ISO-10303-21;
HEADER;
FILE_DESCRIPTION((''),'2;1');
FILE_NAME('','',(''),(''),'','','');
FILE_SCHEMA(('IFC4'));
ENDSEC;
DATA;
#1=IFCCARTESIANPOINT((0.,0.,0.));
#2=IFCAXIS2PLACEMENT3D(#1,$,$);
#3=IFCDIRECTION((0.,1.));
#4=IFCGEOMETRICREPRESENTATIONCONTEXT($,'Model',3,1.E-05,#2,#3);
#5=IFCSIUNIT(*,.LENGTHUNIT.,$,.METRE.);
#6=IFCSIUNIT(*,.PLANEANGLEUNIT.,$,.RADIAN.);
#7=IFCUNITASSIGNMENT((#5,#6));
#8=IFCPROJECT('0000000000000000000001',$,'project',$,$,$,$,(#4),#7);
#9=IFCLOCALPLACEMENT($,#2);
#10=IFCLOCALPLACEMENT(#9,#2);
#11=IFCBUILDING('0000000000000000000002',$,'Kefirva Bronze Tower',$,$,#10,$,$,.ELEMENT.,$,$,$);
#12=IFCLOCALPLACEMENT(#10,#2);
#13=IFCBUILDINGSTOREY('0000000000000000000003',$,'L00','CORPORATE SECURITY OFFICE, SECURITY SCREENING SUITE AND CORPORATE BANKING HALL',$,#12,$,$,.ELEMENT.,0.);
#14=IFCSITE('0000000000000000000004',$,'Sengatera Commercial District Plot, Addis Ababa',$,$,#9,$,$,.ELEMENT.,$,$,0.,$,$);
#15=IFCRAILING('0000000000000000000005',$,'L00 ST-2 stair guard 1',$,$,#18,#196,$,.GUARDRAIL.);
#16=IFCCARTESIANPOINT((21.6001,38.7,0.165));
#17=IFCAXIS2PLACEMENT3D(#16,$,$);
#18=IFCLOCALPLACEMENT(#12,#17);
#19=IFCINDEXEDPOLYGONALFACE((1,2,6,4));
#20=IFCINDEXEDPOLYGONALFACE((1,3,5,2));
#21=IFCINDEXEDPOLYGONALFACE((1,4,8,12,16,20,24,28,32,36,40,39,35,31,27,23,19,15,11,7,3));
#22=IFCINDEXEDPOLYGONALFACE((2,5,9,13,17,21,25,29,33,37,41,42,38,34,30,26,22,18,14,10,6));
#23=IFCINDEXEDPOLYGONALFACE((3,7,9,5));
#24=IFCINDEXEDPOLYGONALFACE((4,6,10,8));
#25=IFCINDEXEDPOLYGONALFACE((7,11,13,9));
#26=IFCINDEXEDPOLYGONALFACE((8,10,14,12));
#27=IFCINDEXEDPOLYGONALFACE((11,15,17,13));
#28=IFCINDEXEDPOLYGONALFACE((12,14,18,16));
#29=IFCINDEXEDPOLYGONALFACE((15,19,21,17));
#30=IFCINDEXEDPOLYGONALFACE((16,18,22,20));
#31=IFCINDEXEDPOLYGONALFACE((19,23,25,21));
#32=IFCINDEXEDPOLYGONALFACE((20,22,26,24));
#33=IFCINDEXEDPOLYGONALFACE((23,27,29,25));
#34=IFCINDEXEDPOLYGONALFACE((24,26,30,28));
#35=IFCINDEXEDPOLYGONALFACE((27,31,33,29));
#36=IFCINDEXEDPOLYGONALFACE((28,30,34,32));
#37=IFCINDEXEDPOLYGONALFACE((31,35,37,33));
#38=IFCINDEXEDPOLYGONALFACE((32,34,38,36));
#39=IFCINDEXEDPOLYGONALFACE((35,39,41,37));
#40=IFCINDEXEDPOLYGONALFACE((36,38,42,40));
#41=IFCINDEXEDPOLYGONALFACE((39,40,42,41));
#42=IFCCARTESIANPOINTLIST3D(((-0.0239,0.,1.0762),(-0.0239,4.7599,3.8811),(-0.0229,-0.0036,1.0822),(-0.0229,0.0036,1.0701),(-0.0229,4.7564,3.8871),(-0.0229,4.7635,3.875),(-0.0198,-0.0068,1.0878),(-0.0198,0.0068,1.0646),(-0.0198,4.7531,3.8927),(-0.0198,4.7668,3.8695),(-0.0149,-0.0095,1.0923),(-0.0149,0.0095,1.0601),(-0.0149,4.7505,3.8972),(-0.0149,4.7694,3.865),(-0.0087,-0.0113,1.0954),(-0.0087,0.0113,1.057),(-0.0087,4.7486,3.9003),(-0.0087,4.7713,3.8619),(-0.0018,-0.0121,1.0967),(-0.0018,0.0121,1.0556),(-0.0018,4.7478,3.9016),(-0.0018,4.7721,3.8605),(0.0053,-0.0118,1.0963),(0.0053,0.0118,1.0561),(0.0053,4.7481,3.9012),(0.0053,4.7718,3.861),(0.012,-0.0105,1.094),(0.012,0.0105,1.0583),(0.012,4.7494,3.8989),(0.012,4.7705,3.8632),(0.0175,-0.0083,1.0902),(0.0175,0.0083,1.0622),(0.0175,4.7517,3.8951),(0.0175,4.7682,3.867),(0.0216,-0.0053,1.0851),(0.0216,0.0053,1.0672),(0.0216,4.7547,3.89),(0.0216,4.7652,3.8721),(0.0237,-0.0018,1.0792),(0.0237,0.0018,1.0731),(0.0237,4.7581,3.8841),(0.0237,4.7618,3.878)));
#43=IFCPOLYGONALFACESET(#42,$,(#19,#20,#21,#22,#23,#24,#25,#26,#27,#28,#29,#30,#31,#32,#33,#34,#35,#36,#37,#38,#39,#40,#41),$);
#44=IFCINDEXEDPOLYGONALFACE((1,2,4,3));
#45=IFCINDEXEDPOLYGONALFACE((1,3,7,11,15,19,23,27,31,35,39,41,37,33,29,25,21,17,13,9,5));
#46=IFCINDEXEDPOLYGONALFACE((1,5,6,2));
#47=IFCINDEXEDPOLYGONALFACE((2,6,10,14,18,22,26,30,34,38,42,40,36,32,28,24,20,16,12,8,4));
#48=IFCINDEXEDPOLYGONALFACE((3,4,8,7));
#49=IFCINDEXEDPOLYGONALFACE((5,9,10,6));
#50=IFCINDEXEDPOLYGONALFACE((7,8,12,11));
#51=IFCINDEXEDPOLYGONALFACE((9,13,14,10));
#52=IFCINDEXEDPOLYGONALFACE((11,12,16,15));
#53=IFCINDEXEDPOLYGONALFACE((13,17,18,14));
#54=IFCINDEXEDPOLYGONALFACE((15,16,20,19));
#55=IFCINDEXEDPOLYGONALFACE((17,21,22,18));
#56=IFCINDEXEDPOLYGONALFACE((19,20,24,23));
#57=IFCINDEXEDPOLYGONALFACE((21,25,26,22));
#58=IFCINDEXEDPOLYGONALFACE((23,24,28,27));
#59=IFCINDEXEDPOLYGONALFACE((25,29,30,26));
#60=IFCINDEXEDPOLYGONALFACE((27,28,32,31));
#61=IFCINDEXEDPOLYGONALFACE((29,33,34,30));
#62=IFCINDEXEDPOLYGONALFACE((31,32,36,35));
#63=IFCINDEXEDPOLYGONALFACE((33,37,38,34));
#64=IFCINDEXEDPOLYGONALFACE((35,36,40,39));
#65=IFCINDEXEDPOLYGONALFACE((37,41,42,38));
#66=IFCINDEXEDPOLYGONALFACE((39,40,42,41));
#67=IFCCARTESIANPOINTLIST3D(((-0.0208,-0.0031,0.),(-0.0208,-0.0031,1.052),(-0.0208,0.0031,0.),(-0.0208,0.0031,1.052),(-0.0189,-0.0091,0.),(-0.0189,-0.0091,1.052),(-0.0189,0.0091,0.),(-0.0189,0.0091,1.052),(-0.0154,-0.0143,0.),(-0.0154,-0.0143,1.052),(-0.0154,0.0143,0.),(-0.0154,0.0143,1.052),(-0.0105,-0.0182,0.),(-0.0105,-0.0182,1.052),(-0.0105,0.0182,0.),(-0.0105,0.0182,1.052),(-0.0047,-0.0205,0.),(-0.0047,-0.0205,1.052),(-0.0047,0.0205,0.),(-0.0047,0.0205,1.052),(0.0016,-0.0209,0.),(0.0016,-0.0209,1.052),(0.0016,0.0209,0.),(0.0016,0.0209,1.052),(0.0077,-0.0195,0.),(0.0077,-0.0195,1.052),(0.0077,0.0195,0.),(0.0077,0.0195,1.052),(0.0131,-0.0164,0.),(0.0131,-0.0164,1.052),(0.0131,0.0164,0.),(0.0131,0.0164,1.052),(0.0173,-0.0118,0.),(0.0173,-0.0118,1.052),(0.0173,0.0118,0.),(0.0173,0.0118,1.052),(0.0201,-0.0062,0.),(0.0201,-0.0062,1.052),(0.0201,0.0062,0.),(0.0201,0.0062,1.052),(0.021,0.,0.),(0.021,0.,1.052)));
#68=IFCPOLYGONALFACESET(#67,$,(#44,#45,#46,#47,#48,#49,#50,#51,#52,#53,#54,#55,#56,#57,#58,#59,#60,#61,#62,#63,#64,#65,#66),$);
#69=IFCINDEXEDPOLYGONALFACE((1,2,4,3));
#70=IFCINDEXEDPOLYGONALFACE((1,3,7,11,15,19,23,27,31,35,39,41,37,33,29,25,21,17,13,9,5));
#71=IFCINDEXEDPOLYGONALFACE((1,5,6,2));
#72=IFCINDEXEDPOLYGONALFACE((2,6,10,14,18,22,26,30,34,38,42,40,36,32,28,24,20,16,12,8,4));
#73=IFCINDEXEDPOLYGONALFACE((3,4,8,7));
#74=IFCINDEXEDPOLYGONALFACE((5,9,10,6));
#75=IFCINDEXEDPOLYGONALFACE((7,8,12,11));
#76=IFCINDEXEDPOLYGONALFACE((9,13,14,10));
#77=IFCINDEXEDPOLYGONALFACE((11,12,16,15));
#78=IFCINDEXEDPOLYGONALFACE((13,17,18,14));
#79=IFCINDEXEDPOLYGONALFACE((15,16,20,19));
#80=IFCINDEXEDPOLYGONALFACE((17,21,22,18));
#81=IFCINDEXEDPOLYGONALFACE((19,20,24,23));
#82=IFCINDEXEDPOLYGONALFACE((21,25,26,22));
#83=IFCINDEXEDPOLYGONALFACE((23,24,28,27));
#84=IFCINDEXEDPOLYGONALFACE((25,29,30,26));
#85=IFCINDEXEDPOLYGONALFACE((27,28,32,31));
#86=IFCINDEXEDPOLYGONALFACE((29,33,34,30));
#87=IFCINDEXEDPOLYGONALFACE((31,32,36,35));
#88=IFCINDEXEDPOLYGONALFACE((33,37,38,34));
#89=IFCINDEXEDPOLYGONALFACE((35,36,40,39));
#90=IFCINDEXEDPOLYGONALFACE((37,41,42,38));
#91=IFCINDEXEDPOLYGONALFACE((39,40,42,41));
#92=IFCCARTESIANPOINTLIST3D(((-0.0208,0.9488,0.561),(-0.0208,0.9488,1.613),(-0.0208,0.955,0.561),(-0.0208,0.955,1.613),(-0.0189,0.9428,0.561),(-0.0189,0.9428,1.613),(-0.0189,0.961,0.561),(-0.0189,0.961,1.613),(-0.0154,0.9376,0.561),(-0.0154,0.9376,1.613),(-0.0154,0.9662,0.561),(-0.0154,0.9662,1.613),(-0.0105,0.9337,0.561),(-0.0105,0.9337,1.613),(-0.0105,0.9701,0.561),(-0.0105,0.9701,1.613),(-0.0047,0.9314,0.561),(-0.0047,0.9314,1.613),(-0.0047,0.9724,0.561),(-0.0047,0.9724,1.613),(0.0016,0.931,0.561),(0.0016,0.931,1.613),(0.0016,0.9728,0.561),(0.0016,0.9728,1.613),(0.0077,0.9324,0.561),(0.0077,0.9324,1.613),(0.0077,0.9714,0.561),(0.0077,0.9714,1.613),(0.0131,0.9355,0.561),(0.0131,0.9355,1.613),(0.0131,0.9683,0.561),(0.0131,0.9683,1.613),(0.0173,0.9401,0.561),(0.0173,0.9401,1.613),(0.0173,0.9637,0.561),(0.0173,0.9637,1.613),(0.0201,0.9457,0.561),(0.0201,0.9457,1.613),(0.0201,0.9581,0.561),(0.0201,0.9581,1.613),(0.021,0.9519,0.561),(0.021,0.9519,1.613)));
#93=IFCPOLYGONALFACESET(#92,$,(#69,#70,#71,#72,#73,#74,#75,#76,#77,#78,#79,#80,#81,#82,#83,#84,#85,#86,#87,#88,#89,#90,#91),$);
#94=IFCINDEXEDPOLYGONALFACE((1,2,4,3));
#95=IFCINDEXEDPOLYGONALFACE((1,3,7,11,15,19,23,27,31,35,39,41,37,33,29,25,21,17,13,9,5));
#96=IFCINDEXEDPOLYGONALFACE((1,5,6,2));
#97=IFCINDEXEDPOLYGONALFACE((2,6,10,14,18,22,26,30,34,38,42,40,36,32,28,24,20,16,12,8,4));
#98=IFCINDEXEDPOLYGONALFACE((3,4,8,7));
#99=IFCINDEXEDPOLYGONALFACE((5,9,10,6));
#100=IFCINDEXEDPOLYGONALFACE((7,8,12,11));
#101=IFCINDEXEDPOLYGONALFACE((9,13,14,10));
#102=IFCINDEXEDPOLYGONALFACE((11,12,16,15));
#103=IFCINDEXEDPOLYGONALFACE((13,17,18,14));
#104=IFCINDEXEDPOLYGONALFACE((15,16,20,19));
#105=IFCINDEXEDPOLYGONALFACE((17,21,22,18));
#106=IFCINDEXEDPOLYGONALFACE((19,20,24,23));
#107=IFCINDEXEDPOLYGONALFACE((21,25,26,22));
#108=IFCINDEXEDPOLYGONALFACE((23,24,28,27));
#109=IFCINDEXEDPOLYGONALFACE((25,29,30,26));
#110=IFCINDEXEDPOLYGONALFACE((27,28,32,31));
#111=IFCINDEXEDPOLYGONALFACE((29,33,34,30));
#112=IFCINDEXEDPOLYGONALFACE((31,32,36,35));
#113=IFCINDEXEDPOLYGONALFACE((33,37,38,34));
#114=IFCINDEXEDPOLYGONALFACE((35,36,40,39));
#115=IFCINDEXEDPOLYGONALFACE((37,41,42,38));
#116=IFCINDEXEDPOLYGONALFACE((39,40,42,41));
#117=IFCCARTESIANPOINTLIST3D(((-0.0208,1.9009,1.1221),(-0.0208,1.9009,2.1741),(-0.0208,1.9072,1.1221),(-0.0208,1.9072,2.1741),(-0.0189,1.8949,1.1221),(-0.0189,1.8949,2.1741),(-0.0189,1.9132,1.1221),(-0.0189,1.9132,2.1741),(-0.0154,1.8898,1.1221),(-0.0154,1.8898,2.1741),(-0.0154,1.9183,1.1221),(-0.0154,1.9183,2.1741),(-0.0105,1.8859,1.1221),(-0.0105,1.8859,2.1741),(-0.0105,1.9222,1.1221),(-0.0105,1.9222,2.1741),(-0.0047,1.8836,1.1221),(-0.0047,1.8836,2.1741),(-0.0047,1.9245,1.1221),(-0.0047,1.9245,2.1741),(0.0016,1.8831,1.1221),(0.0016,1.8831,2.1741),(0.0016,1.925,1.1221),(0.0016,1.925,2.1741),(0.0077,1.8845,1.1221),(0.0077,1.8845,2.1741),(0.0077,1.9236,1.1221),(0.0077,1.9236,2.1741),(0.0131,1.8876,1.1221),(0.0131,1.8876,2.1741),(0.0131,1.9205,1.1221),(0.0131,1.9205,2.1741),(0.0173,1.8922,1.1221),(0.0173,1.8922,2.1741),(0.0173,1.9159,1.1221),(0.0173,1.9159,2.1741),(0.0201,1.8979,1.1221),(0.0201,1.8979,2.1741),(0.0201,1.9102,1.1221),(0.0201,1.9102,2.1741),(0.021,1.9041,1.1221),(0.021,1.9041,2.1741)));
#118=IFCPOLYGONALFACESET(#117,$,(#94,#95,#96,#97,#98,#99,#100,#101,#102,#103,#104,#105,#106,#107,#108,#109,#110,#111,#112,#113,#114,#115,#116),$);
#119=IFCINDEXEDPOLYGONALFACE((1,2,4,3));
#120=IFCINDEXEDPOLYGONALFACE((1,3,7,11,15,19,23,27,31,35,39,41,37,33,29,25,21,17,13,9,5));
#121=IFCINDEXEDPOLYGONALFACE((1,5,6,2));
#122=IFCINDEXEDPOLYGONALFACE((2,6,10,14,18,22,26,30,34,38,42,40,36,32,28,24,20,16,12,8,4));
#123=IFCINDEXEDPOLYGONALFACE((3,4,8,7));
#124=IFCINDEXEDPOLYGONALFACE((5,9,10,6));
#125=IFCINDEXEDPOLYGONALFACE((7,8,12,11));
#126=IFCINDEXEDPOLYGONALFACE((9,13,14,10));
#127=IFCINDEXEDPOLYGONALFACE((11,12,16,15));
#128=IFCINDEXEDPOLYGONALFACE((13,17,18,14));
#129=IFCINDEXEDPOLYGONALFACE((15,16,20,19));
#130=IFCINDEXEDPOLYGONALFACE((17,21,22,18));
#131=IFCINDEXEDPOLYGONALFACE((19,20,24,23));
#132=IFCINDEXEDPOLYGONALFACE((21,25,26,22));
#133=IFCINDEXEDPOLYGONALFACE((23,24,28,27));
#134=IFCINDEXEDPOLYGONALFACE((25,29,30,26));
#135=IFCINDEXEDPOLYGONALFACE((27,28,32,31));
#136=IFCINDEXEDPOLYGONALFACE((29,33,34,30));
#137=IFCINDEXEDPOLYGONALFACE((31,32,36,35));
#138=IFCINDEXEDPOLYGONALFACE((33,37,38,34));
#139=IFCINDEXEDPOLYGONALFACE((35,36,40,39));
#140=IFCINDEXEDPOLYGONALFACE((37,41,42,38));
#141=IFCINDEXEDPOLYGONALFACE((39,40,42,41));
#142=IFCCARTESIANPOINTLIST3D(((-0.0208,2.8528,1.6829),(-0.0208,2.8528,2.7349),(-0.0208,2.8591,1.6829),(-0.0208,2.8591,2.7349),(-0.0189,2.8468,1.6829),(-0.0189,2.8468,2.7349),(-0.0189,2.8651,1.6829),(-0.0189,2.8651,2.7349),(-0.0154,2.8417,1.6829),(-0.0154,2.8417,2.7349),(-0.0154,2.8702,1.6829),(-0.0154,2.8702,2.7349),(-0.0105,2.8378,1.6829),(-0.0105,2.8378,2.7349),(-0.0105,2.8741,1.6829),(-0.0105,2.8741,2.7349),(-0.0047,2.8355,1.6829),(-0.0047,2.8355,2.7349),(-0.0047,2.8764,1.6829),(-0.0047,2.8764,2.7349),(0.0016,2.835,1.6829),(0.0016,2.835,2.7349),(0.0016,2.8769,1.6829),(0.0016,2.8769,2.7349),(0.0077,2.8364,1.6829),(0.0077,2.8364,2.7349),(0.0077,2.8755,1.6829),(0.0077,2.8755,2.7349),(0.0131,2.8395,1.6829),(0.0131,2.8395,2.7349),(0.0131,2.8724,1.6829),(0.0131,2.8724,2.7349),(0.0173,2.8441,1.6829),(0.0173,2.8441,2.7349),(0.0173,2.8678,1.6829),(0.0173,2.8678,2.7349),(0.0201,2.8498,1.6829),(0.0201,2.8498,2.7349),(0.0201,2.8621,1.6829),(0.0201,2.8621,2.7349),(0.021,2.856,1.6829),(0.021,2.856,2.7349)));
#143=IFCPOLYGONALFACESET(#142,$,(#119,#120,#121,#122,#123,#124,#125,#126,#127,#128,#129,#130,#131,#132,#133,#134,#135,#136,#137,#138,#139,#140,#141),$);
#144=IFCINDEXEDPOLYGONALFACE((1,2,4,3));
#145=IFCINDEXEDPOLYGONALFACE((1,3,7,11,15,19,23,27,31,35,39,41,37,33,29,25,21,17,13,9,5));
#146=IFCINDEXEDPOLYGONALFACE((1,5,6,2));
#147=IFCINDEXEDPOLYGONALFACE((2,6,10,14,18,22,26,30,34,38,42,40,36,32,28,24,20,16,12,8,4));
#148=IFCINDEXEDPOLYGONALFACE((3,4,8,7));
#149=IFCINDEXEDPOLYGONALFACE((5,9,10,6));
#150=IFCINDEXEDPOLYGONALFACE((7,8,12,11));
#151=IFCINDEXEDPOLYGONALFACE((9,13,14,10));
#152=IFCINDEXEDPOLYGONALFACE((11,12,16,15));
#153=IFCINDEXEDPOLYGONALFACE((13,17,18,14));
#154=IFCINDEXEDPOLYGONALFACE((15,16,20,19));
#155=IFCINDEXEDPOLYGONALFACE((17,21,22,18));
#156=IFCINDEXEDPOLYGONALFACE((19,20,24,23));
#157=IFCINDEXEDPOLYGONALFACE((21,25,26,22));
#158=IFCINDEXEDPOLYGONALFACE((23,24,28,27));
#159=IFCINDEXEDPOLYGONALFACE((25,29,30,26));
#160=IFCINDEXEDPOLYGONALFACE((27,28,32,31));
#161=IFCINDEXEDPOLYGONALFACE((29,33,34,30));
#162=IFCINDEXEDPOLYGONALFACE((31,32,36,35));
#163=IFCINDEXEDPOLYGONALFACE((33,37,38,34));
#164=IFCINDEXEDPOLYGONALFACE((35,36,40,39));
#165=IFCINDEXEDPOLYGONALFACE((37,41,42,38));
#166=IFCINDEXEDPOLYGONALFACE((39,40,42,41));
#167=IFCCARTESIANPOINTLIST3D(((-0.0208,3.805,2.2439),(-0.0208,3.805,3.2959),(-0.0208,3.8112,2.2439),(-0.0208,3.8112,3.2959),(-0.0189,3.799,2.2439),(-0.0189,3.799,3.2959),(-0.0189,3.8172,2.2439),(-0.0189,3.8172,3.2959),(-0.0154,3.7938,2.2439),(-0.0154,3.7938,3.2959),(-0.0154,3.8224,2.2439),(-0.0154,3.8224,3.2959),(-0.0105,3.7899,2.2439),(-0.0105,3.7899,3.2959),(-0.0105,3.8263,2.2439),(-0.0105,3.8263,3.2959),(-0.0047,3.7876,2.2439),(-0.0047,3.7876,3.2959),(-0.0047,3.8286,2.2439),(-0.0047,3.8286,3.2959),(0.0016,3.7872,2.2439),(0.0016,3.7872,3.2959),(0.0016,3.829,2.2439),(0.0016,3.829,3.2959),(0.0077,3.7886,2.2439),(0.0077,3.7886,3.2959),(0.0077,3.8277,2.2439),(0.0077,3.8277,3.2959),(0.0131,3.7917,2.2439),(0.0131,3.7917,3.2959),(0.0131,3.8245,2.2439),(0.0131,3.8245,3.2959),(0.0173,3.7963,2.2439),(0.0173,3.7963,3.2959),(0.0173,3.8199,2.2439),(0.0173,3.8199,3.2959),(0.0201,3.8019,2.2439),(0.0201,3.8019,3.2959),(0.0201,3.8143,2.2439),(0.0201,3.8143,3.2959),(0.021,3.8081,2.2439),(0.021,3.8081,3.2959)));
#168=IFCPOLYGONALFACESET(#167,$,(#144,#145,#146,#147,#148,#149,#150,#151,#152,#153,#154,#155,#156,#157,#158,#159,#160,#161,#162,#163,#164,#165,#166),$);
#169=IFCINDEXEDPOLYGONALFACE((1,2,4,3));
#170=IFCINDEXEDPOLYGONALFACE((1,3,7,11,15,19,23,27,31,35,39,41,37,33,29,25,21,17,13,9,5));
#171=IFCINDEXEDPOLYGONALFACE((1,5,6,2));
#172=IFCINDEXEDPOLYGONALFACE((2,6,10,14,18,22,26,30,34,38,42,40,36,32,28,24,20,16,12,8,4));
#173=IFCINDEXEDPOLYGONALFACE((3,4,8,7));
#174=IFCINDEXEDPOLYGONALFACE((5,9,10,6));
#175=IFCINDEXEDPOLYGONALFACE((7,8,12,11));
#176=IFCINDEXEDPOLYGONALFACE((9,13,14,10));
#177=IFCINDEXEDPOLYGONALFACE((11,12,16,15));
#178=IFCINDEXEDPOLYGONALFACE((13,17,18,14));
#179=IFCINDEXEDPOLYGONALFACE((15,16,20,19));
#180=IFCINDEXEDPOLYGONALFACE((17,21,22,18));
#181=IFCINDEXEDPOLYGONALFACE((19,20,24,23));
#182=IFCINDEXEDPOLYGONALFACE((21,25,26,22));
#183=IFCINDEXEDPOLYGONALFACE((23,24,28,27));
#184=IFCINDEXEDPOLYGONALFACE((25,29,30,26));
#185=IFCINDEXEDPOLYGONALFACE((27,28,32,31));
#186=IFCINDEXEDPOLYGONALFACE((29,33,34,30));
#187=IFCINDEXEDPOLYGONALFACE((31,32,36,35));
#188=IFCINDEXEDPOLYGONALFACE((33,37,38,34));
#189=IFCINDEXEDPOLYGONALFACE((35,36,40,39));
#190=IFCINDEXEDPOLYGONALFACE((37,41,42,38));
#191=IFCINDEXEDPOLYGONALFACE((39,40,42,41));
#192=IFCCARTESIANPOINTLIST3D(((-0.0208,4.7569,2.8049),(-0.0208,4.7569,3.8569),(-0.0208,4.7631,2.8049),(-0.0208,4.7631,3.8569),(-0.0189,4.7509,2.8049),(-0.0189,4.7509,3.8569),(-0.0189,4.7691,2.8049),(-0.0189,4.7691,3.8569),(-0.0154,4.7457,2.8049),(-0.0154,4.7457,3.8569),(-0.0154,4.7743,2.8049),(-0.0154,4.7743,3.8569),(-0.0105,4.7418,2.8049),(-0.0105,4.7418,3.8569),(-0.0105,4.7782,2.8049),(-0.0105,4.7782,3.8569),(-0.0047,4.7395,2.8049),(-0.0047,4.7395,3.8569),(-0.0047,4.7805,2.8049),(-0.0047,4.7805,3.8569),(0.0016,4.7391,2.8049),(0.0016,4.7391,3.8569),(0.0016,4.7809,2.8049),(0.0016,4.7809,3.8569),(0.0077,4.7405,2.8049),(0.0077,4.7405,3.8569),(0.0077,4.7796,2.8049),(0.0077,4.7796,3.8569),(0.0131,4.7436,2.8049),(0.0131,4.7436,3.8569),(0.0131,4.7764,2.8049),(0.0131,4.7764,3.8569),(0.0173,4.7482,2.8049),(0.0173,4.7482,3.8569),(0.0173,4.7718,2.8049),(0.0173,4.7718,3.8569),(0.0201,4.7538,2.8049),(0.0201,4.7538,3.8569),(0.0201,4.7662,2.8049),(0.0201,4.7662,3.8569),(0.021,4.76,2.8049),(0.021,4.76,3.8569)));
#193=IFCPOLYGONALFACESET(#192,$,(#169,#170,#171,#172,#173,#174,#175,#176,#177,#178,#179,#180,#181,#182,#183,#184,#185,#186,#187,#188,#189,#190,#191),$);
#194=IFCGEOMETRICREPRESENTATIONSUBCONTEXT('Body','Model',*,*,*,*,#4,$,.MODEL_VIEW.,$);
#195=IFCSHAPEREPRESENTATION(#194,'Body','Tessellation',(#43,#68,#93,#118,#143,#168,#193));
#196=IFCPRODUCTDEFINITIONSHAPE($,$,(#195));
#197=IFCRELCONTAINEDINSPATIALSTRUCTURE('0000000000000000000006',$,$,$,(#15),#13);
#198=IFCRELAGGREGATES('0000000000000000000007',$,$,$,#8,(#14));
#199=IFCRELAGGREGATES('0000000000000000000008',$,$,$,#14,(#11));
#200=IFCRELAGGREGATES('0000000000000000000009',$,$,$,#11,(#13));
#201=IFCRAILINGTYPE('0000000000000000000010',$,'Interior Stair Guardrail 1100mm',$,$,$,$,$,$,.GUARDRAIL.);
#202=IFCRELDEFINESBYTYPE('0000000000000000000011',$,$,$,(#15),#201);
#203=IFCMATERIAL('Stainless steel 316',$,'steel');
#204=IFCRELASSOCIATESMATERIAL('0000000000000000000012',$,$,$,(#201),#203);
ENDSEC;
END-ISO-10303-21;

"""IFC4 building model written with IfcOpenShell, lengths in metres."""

from ifc_helpers import new_model, si_unit, direction, frame, origin, origin_2d, place, context, subcontext, project, spatial, circle, extrude, material, type_object, element, save


model = new_model("IFC4")

# Units and contexts
model_context = context("Model", 3, precision=1e-05, world=origin(), true_north=direction((0.0, 1.0)))
body_context = subcontext(model_context, "Body", "Model", "MODEL_VIEW")
ifc_project = project(units=[si_unit("LENGTHUNIT", "METRE"), si_unit("PLANEANGLEUNIT", "RADIAN")], contexts=[model_context])

# Site, building, storey
site_placement = place(None, origin())
site = spatial("IfcSite", under=ifc_project, at=site_placement, Name="Sengatera Commercial District Plot, Addis Ababa", CompositionType="ELEMENT", RefElevation=0.0)
building_placement = place(site_placement, origin())
building = spatial("IfcBuilding", under=site, at=building_placement, Name="Kefirva Bronze Tower", CompositionType="ELEMENT")
storey_placement = place(building_placement, origin())
storey = spatial("IfcBuildingStorey", under=building, at=storey_placement, Name="L00", Description="CORPORATE SECURITY OFFICE, SECURITY SCREENING SUITE AND CORPORATE BANKING HALL", CompositionType="ELEMENT", Elevation=0.0)

# Railing
ifc_material_1 = material(Name="Stainless steel 316", Category="steel")
railing_type_1 = type_object("IfcRailingType", Name="Interior Stair Guardrail 1100mm", PredefinedType="GUARDRAIL", material=ifc_material_1)
railing_1_placement = place(storey_placement, frame((21.6001, 38.7, 0.165)))
element("IfcRailing", 1, at=railing_1_placement, inside=storey, type_object=railing_type_1, Name="L00 ST-2 stair guard 1", PredefinedType="GUARDRAIL", context=body_context, shape_type="SweptSolid", body=[
    extrude(circle(Radius=0.0239, at=origin_2d()), frame((0.0, 0.0, 1.0762), z_axis=(0.0, 0.861544, 0.507682), x_axis=(-1.0, 0.0, 0.0)), (0.0, 0.0, 1.0), 5.5249),
    extrude(circle(Radius=0.021, at=origin_2d()), origin(), (0.0, 0.0, 1.0), 1.052),
    extrude(circle(Radius=0.021, at=origin_2d()), frame((0.0, 0.9519, 0.561)), (0.0, 0.0, 1.0), 1.052),
    extrude(circle(Radius=0.021, at=origin_2d()), frame((0.0, 1.9041, 1.1221)), (0.0, 0.0, 1.0), 1.052),
    extrude(circle(Radius=0.021, at=origin_2d()), frame((0.0, 2.856, 1.6829)), (0.0, 0.0, 1.0), 1.052),
    extrude(circle(Radius=0.021, at=origin_2d()), frame((0.0, 3.8081, 2.2439)), (0.0, 0.0, 1.0), 1.052),
    extrude(circle(Radius=0.021, at=origin_2d()), frame((0.0, 4.76, 2.8049)), (0.0, 0.0, 1.0), 1.052),
])

save(model, "model.ifc")
